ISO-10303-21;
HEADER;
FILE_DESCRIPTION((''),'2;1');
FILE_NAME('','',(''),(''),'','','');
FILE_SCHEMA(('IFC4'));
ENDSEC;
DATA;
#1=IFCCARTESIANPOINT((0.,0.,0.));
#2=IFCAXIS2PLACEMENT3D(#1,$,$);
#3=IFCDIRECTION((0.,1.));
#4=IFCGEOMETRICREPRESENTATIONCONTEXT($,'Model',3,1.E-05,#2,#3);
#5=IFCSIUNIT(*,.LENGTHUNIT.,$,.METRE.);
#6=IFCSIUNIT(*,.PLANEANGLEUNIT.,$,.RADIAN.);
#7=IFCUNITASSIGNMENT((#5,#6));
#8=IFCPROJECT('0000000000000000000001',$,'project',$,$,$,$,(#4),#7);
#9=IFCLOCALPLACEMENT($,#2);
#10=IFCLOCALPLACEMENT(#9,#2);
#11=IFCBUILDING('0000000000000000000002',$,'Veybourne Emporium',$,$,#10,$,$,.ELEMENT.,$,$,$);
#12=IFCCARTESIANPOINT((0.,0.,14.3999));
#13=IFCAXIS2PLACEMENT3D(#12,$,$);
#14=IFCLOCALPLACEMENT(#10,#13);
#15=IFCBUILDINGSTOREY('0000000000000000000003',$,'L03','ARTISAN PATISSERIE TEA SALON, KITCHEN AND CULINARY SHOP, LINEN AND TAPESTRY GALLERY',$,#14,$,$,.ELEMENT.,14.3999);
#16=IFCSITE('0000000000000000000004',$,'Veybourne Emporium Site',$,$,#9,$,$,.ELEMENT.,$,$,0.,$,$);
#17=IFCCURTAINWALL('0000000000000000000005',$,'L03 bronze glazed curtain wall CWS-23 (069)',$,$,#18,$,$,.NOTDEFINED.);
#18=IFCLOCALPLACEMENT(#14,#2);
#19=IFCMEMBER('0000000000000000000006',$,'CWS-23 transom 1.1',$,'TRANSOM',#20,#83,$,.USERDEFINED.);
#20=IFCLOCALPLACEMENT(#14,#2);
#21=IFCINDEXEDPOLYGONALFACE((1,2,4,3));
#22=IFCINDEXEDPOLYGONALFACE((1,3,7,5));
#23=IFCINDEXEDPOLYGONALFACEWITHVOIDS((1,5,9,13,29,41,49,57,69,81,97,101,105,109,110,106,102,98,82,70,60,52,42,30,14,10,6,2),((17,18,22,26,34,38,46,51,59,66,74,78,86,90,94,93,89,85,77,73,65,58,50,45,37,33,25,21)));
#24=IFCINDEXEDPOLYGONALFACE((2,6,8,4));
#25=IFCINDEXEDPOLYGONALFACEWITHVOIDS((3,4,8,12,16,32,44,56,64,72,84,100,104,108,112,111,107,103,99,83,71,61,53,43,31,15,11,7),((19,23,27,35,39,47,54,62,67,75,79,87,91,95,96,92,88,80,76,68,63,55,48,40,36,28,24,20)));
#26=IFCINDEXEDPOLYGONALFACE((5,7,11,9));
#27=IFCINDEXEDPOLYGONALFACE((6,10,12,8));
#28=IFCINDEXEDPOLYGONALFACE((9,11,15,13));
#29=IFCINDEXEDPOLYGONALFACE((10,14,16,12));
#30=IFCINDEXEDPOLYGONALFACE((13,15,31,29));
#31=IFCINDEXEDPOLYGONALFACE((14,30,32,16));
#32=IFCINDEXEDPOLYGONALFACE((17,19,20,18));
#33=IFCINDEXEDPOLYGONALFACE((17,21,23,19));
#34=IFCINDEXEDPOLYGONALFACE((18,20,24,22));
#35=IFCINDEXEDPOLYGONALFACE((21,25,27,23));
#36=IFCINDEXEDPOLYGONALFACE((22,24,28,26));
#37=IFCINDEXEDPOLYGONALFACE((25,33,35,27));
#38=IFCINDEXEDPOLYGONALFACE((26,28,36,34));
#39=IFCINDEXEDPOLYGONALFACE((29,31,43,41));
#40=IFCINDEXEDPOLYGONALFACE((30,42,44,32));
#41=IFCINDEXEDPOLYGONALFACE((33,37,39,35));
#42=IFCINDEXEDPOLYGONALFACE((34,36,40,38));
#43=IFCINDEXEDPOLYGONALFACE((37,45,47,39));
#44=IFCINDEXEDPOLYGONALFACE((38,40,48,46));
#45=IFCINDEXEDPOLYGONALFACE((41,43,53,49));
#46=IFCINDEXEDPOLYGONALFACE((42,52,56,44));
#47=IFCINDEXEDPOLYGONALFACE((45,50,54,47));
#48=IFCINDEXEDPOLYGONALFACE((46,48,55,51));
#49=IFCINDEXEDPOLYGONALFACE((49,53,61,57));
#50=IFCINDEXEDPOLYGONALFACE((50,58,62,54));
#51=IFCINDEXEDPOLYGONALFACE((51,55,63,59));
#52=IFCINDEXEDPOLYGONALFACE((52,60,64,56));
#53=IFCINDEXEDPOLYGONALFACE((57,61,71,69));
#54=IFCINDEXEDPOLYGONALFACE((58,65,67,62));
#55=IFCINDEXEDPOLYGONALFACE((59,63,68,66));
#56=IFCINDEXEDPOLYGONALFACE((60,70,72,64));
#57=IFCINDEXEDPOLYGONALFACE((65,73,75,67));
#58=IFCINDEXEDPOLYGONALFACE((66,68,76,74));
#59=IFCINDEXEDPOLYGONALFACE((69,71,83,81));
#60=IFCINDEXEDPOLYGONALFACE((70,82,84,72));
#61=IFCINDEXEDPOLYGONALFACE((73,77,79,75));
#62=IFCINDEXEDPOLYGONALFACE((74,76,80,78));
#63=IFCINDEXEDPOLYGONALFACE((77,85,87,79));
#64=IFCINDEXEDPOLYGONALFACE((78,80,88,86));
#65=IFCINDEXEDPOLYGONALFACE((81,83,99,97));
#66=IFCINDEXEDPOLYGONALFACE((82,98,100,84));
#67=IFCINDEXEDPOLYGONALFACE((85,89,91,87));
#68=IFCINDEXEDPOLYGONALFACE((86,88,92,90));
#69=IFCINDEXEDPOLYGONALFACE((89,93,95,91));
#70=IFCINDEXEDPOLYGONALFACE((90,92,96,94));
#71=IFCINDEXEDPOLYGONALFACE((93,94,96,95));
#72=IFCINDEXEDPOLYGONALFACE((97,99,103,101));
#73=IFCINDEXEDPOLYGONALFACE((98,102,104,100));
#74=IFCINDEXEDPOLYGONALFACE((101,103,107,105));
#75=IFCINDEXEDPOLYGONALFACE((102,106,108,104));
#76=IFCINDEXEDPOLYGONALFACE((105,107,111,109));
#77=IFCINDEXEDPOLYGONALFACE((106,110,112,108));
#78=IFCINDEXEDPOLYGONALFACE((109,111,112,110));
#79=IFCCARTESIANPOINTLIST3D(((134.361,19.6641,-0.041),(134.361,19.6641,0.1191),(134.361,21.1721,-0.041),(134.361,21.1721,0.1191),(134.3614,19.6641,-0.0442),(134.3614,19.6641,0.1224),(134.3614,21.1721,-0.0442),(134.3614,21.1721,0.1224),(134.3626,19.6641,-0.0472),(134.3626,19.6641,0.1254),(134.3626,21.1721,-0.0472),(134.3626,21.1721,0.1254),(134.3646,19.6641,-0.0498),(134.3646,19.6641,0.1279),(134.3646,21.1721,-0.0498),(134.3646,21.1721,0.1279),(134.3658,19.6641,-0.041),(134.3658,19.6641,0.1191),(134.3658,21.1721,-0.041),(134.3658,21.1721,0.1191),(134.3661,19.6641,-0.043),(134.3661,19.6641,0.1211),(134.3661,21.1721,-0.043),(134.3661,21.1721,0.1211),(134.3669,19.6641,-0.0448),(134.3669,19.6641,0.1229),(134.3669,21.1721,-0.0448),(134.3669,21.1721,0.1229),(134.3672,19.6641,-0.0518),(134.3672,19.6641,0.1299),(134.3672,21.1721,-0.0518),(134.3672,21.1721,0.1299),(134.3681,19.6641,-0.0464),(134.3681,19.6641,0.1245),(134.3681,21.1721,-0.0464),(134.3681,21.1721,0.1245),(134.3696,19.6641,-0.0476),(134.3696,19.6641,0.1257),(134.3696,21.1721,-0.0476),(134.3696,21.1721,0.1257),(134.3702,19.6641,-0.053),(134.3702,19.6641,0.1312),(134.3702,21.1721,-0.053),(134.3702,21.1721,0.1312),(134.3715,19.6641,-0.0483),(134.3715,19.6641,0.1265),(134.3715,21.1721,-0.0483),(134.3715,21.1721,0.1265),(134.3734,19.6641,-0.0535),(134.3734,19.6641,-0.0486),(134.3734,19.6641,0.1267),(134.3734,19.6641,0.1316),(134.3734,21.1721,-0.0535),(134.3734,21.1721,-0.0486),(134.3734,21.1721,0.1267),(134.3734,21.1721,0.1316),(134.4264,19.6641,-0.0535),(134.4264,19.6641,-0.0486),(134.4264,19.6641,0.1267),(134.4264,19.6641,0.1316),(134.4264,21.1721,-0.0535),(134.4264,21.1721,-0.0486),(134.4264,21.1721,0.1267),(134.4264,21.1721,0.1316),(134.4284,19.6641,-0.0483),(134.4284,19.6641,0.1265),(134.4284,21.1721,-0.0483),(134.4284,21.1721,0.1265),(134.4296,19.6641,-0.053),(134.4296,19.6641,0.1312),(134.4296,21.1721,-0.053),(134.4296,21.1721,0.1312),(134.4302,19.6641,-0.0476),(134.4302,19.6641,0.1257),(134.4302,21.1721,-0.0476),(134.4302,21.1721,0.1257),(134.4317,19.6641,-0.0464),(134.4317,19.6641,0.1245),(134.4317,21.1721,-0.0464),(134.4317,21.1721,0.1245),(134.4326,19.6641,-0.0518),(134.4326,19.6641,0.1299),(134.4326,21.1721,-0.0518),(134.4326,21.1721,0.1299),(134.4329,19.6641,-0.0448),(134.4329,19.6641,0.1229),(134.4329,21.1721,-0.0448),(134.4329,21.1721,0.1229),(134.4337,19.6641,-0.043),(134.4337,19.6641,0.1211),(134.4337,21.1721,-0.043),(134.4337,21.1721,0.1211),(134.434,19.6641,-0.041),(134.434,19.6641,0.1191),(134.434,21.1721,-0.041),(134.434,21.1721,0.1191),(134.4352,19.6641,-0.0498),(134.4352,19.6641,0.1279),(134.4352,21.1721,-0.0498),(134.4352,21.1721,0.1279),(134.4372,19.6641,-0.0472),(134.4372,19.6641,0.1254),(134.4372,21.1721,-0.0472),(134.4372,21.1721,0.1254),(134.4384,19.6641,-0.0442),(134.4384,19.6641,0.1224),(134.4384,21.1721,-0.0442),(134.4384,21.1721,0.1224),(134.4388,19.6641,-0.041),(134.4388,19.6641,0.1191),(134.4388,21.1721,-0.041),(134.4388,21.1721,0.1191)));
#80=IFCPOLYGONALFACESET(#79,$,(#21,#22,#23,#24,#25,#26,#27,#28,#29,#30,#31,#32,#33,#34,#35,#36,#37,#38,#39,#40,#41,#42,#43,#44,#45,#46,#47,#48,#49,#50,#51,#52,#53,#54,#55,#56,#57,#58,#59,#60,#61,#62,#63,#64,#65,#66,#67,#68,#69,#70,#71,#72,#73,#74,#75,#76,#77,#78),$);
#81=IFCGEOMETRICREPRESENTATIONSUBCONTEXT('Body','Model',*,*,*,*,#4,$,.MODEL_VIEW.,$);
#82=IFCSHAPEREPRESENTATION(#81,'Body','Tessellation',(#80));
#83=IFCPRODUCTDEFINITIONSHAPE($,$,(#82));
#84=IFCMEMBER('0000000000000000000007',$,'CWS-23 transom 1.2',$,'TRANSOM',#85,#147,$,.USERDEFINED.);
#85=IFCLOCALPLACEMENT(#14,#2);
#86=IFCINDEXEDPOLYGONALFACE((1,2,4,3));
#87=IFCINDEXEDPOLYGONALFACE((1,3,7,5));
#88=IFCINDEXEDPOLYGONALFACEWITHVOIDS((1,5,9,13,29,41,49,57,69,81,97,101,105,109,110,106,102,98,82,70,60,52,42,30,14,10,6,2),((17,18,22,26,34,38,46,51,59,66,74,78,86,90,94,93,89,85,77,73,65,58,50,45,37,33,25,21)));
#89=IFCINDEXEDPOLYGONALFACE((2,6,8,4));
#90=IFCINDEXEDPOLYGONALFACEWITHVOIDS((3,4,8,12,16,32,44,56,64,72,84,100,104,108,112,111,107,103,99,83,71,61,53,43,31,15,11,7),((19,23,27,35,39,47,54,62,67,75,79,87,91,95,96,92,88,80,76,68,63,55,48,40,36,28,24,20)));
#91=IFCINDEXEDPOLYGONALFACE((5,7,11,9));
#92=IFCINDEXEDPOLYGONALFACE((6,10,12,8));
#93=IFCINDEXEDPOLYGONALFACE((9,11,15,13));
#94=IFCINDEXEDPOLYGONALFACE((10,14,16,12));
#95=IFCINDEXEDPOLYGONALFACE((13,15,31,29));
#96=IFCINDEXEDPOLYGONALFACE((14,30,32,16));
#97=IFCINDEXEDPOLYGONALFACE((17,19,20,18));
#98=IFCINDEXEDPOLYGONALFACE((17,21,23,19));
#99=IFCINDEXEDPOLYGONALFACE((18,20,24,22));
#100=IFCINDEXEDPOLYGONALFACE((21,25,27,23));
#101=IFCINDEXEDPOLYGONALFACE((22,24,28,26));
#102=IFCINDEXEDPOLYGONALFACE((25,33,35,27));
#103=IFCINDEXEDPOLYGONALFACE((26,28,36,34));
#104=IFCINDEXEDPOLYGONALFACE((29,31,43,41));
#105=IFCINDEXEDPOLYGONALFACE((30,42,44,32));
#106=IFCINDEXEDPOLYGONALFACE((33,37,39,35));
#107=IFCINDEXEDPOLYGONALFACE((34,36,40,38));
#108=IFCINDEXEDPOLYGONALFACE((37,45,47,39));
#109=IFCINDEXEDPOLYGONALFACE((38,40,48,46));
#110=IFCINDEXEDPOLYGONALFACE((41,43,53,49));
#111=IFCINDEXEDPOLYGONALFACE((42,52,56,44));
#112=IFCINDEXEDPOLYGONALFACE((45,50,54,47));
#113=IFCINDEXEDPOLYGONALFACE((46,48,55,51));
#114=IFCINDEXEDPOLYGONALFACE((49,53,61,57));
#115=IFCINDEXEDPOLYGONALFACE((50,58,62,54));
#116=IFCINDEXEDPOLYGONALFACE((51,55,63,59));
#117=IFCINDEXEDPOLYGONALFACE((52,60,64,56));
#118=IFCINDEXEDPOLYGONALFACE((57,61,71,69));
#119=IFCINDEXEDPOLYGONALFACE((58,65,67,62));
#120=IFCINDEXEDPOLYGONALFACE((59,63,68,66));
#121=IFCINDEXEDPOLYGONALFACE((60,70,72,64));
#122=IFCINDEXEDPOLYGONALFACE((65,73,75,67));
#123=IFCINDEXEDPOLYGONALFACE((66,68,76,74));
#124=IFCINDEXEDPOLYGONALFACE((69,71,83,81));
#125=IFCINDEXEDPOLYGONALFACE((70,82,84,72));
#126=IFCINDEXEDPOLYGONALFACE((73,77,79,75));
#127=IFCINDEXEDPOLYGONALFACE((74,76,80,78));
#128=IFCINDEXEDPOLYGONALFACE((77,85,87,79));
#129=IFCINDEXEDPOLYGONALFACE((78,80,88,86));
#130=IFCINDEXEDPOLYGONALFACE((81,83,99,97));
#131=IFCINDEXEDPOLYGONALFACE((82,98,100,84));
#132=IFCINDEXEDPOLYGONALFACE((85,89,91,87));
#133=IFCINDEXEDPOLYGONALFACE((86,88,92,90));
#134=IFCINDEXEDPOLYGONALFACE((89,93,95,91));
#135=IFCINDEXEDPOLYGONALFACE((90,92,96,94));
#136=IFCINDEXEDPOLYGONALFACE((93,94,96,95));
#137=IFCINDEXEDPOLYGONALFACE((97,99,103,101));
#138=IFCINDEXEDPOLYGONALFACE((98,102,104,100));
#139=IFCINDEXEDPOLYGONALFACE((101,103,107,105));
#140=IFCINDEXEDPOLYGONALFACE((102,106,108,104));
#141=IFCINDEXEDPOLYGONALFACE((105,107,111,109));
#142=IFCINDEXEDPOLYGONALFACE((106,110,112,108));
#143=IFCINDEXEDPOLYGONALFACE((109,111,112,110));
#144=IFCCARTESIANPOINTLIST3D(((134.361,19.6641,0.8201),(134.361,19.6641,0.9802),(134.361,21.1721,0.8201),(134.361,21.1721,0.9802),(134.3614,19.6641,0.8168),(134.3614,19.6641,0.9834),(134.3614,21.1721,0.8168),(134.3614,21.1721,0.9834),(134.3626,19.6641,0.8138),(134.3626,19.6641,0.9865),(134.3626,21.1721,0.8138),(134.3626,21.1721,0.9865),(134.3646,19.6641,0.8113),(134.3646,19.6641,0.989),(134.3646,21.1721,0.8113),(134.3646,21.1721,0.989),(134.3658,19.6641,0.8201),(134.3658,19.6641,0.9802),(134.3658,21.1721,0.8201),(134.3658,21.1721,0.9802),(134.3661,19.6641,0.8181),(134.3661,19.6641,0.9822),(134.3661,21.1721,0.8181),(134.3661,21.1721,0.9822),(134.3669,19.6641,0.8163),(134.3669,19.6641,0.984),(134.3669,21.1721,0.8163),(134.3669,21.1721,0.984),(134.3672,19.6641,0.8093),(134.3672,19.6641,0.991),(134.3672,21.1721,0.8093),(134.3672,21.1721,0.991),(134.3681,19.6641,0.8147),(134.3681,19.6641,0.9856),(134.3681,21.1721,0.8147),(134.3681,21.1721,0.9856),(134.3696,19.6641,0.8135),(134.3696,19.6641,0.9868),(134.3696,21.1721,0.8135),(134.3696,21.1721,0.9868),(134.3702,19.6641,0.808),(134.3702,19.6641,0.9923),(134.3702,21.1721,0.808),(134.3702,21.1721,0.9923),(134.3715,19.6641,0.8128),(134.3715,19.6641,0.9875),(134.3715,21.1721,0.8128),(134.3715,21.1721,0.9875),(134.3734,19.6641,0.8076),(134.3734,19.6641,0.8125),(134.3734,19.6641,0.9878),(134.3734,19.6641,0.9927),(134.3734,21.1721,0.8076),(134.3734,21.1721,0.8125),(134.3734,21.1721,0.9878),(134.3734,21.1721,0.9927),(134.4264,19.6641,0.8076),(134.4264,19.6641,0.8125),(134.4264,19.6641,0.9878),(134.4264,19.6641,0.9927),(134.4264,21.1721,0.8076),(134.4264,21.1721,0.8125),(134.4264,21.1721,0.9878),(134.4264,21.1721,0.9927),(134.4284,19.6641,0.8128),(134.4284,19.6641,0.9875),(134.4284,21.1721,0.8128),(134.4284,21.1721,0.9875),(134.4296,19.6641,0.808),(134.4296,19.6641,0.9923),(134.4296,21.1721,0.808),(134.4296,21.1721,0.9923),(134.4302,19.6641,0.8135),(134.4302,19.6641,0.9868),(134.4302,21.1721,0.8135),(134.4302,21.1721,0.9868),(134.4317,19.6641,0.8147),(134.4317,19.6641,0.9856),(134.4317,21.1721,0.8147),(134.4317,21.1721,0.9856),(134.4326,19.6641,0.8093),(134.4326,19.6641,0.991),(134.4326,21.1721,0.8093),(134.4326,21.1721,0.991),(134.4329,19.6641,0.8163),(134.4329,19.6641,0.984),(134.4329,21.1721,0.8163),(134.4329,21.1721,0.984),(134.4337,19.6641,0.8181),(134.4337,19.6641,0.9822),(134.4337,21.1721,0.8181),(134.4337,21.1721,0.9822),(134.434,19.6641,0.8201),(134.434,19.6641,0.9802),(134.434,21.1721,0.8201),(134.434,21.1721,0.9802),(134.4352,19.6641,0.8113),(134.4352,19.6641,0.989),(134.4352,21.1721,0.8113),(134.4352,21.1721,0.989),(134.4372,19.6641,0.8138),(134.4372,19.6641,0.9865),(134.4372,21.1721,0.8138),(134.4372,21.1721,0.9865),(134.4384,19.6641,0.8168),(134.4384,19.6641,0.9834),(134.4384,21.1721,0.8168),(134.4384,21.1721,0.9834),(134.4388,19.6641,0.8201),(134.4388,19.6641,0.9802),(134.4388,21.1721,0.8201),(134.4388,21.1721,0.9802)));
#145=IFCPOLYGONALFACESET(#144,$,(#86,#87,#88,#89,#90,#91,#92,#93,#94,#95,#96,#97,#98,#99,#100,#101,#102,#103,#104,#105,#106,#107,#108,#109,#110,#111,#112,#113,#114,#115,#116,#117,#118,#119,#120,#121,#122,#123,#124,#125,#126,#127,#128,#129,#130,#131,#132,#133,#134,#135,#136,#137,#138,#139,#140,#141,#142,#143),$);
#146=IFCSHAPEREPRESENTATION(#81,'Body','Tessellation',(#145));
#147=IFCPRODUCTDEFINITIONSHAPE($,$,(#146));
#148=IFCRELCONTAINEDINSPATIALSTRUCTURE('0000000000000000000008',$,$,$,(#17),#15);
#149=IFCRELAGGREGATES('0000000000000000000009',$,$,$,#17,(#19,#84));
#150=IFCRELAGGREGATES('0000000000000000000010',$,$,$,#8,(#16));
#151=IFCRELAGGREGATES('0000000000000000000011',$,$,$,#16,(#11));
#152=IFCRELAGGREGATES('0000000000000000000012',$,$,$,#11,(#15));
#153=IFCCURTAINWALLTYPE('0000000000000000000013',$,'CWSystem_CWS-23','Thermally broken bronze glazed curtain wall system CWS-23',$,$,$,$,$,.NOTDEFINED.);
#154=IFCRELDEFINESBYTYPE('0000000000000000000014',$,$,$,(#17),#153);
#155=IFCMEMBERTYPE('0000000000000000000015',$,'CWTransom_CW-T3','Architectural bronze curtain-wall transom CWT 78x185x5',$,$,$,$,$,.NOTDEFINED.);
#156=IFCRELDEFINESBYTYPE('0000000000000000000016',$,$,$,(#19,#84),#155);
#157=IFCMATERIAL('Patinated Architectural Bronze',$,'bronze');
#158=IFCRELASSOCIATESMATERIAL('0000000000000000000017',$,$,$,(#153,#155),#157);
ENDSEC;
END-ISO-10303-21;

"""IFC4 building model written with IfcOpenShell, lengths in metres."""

from ifc_helpers import new_model, si_unit, direction, frame, origin, origin_2d, place, context, subcontext, project, spatial, hollow_rectangle, extrude, material, material_profile, profile_set, type_object, element, aggregate, save


model = new_model("IFC4")

# Units and contexts
model_context = context("Model", 3, precision=1e-05, world=origin(), true_north=direction((0.0, 1.0)))
body_context = subcontext(model_context, "Body", "Model", "MODEL_VIEW")
ifc_project = project(units=[si_unit("LENGTHUNIT", "METRE"), si_unit("PLANEANGLEUNIT", "RADIAN")], contexts=[model_context])

# Site, building, storey
site_placement = place(None, origin())
site = spatial("IfcSite", under=ifc_project, at=site_placement, Name="Veybourne Emporium Site", CompositionType="ELEMENT", RefElevation=0.0)
building_placement = place(site_placement, origin())
building = spatial("IfcBuilding", under=site, at=building_placement, Name="Veybourne Emporium", CompositionType="ELEMENT")
storey_placement = place(building_placement, frame((0.0, 0.0, 14.3999)))
storey = spatial("IfcBuildingStorey", under=building, at=storey_placement, Name="L03", Description="ARTISAN PATISSERIE TEA SALON, KITCHEN AND CULINARY SHOP, LINEN AND TAPESTRY GALLERY", CompositionType="ELEMENT", Elevation=14.3999)

# Curtain wall, members
ifc_material_1 = material(Name="Patinated Architectural Bronze", Category="bronze")
curtain_wall_type = type_object("IfcCurtainWallType", Name="CWSystem_CWS-23", Description="Thermally broken bronze glazed curtain wall system CWS-23", PredefinedType="NOTDEFINED", material=ifc_material_1)
curtain_wall_placement = place(storey_placement, origin())
curtain_wall = element("IfcCurtainWall", 1, at=curtain_wall_placement, inside=storey, type_object=curtain_wall_type, Name="L03 bronze glazed curtain wall CWS-23 (069)", PredefinedType="NOTDEFINED")
ifc_material_profile_1 = material_profile(ifc_material_1, hollow_rectangle(XDim=0.0779, YDim=0.1851, WallThickness=0.0049, InnerFilletRadius=0.0076, OuterFilletRadius=0.0125, at=origin_2d()), Name="CWT 78x185x5")
ifc_profile_set_1 = profile_set([ifc_material_profile_1], Name="Patinated Architectural Bronze")
member_type_1 = type_object("IfcMemberType", Name="CWTransom_CW-T3", Description="Architectural bronze curtain-wall transom CWT 78x185x5", PredefinedType="NOTDEFINED", material=ifc_profile_set_1)
member_1_placement = place(storey_placement, frame((134.3999, 21.1721, 0.0391), z_axis=(0.0, -1.0, 0.0), x_axis=(1.0, 0.0, 0.0)))
member_1 = element("IfcMember", 2, at=member_1_placement, type_object=member_type_1, Name="CWS-23 transom 1.1", ObjectType="TRANSOM", PredefinedType="USERDEFINED", context=body_context, shape_type="SweptSolid", body=[
    extrude(hollow_rectangle(XDim=0.0779, YDim=0.1851, WallThickness=0.0049, InnerFilletRadius=0.0076, OuterFilletRadius=0.0125, at=origin_2d()), origin(), (0.0, 0.0, 1.0), 1.5081),
])
member_2_placement = place(storey_placement, frame((134.3999, 21.1721, 0.9001), z_axis=(0.0, -1.0, 0.0), x_axis=(1.0, 0.0, 0.0)))
member_2 = element("IfcMember", 3, at=member_2_placement, type_object=member_type_1, Name="CWS-23 transom 1.2", ObjectType="TRANSOM", PredefinedType="USERDEFINED", context=body_context, shape_type="SweptSolid", body=[
    extrude(hollow_rectangle(XDim=0.0779, YDim=0.1851, WallThickness=0.0049, InnerFilletRadius=0.0076, OuterFilletRadius=0.0125, at=origin_2d()), origin(), (0.0, 0.0, 1.0), 1.5081),
])
aggregate(curtain_wall, [member_1, member_2])

save(model, "model.ifc")
